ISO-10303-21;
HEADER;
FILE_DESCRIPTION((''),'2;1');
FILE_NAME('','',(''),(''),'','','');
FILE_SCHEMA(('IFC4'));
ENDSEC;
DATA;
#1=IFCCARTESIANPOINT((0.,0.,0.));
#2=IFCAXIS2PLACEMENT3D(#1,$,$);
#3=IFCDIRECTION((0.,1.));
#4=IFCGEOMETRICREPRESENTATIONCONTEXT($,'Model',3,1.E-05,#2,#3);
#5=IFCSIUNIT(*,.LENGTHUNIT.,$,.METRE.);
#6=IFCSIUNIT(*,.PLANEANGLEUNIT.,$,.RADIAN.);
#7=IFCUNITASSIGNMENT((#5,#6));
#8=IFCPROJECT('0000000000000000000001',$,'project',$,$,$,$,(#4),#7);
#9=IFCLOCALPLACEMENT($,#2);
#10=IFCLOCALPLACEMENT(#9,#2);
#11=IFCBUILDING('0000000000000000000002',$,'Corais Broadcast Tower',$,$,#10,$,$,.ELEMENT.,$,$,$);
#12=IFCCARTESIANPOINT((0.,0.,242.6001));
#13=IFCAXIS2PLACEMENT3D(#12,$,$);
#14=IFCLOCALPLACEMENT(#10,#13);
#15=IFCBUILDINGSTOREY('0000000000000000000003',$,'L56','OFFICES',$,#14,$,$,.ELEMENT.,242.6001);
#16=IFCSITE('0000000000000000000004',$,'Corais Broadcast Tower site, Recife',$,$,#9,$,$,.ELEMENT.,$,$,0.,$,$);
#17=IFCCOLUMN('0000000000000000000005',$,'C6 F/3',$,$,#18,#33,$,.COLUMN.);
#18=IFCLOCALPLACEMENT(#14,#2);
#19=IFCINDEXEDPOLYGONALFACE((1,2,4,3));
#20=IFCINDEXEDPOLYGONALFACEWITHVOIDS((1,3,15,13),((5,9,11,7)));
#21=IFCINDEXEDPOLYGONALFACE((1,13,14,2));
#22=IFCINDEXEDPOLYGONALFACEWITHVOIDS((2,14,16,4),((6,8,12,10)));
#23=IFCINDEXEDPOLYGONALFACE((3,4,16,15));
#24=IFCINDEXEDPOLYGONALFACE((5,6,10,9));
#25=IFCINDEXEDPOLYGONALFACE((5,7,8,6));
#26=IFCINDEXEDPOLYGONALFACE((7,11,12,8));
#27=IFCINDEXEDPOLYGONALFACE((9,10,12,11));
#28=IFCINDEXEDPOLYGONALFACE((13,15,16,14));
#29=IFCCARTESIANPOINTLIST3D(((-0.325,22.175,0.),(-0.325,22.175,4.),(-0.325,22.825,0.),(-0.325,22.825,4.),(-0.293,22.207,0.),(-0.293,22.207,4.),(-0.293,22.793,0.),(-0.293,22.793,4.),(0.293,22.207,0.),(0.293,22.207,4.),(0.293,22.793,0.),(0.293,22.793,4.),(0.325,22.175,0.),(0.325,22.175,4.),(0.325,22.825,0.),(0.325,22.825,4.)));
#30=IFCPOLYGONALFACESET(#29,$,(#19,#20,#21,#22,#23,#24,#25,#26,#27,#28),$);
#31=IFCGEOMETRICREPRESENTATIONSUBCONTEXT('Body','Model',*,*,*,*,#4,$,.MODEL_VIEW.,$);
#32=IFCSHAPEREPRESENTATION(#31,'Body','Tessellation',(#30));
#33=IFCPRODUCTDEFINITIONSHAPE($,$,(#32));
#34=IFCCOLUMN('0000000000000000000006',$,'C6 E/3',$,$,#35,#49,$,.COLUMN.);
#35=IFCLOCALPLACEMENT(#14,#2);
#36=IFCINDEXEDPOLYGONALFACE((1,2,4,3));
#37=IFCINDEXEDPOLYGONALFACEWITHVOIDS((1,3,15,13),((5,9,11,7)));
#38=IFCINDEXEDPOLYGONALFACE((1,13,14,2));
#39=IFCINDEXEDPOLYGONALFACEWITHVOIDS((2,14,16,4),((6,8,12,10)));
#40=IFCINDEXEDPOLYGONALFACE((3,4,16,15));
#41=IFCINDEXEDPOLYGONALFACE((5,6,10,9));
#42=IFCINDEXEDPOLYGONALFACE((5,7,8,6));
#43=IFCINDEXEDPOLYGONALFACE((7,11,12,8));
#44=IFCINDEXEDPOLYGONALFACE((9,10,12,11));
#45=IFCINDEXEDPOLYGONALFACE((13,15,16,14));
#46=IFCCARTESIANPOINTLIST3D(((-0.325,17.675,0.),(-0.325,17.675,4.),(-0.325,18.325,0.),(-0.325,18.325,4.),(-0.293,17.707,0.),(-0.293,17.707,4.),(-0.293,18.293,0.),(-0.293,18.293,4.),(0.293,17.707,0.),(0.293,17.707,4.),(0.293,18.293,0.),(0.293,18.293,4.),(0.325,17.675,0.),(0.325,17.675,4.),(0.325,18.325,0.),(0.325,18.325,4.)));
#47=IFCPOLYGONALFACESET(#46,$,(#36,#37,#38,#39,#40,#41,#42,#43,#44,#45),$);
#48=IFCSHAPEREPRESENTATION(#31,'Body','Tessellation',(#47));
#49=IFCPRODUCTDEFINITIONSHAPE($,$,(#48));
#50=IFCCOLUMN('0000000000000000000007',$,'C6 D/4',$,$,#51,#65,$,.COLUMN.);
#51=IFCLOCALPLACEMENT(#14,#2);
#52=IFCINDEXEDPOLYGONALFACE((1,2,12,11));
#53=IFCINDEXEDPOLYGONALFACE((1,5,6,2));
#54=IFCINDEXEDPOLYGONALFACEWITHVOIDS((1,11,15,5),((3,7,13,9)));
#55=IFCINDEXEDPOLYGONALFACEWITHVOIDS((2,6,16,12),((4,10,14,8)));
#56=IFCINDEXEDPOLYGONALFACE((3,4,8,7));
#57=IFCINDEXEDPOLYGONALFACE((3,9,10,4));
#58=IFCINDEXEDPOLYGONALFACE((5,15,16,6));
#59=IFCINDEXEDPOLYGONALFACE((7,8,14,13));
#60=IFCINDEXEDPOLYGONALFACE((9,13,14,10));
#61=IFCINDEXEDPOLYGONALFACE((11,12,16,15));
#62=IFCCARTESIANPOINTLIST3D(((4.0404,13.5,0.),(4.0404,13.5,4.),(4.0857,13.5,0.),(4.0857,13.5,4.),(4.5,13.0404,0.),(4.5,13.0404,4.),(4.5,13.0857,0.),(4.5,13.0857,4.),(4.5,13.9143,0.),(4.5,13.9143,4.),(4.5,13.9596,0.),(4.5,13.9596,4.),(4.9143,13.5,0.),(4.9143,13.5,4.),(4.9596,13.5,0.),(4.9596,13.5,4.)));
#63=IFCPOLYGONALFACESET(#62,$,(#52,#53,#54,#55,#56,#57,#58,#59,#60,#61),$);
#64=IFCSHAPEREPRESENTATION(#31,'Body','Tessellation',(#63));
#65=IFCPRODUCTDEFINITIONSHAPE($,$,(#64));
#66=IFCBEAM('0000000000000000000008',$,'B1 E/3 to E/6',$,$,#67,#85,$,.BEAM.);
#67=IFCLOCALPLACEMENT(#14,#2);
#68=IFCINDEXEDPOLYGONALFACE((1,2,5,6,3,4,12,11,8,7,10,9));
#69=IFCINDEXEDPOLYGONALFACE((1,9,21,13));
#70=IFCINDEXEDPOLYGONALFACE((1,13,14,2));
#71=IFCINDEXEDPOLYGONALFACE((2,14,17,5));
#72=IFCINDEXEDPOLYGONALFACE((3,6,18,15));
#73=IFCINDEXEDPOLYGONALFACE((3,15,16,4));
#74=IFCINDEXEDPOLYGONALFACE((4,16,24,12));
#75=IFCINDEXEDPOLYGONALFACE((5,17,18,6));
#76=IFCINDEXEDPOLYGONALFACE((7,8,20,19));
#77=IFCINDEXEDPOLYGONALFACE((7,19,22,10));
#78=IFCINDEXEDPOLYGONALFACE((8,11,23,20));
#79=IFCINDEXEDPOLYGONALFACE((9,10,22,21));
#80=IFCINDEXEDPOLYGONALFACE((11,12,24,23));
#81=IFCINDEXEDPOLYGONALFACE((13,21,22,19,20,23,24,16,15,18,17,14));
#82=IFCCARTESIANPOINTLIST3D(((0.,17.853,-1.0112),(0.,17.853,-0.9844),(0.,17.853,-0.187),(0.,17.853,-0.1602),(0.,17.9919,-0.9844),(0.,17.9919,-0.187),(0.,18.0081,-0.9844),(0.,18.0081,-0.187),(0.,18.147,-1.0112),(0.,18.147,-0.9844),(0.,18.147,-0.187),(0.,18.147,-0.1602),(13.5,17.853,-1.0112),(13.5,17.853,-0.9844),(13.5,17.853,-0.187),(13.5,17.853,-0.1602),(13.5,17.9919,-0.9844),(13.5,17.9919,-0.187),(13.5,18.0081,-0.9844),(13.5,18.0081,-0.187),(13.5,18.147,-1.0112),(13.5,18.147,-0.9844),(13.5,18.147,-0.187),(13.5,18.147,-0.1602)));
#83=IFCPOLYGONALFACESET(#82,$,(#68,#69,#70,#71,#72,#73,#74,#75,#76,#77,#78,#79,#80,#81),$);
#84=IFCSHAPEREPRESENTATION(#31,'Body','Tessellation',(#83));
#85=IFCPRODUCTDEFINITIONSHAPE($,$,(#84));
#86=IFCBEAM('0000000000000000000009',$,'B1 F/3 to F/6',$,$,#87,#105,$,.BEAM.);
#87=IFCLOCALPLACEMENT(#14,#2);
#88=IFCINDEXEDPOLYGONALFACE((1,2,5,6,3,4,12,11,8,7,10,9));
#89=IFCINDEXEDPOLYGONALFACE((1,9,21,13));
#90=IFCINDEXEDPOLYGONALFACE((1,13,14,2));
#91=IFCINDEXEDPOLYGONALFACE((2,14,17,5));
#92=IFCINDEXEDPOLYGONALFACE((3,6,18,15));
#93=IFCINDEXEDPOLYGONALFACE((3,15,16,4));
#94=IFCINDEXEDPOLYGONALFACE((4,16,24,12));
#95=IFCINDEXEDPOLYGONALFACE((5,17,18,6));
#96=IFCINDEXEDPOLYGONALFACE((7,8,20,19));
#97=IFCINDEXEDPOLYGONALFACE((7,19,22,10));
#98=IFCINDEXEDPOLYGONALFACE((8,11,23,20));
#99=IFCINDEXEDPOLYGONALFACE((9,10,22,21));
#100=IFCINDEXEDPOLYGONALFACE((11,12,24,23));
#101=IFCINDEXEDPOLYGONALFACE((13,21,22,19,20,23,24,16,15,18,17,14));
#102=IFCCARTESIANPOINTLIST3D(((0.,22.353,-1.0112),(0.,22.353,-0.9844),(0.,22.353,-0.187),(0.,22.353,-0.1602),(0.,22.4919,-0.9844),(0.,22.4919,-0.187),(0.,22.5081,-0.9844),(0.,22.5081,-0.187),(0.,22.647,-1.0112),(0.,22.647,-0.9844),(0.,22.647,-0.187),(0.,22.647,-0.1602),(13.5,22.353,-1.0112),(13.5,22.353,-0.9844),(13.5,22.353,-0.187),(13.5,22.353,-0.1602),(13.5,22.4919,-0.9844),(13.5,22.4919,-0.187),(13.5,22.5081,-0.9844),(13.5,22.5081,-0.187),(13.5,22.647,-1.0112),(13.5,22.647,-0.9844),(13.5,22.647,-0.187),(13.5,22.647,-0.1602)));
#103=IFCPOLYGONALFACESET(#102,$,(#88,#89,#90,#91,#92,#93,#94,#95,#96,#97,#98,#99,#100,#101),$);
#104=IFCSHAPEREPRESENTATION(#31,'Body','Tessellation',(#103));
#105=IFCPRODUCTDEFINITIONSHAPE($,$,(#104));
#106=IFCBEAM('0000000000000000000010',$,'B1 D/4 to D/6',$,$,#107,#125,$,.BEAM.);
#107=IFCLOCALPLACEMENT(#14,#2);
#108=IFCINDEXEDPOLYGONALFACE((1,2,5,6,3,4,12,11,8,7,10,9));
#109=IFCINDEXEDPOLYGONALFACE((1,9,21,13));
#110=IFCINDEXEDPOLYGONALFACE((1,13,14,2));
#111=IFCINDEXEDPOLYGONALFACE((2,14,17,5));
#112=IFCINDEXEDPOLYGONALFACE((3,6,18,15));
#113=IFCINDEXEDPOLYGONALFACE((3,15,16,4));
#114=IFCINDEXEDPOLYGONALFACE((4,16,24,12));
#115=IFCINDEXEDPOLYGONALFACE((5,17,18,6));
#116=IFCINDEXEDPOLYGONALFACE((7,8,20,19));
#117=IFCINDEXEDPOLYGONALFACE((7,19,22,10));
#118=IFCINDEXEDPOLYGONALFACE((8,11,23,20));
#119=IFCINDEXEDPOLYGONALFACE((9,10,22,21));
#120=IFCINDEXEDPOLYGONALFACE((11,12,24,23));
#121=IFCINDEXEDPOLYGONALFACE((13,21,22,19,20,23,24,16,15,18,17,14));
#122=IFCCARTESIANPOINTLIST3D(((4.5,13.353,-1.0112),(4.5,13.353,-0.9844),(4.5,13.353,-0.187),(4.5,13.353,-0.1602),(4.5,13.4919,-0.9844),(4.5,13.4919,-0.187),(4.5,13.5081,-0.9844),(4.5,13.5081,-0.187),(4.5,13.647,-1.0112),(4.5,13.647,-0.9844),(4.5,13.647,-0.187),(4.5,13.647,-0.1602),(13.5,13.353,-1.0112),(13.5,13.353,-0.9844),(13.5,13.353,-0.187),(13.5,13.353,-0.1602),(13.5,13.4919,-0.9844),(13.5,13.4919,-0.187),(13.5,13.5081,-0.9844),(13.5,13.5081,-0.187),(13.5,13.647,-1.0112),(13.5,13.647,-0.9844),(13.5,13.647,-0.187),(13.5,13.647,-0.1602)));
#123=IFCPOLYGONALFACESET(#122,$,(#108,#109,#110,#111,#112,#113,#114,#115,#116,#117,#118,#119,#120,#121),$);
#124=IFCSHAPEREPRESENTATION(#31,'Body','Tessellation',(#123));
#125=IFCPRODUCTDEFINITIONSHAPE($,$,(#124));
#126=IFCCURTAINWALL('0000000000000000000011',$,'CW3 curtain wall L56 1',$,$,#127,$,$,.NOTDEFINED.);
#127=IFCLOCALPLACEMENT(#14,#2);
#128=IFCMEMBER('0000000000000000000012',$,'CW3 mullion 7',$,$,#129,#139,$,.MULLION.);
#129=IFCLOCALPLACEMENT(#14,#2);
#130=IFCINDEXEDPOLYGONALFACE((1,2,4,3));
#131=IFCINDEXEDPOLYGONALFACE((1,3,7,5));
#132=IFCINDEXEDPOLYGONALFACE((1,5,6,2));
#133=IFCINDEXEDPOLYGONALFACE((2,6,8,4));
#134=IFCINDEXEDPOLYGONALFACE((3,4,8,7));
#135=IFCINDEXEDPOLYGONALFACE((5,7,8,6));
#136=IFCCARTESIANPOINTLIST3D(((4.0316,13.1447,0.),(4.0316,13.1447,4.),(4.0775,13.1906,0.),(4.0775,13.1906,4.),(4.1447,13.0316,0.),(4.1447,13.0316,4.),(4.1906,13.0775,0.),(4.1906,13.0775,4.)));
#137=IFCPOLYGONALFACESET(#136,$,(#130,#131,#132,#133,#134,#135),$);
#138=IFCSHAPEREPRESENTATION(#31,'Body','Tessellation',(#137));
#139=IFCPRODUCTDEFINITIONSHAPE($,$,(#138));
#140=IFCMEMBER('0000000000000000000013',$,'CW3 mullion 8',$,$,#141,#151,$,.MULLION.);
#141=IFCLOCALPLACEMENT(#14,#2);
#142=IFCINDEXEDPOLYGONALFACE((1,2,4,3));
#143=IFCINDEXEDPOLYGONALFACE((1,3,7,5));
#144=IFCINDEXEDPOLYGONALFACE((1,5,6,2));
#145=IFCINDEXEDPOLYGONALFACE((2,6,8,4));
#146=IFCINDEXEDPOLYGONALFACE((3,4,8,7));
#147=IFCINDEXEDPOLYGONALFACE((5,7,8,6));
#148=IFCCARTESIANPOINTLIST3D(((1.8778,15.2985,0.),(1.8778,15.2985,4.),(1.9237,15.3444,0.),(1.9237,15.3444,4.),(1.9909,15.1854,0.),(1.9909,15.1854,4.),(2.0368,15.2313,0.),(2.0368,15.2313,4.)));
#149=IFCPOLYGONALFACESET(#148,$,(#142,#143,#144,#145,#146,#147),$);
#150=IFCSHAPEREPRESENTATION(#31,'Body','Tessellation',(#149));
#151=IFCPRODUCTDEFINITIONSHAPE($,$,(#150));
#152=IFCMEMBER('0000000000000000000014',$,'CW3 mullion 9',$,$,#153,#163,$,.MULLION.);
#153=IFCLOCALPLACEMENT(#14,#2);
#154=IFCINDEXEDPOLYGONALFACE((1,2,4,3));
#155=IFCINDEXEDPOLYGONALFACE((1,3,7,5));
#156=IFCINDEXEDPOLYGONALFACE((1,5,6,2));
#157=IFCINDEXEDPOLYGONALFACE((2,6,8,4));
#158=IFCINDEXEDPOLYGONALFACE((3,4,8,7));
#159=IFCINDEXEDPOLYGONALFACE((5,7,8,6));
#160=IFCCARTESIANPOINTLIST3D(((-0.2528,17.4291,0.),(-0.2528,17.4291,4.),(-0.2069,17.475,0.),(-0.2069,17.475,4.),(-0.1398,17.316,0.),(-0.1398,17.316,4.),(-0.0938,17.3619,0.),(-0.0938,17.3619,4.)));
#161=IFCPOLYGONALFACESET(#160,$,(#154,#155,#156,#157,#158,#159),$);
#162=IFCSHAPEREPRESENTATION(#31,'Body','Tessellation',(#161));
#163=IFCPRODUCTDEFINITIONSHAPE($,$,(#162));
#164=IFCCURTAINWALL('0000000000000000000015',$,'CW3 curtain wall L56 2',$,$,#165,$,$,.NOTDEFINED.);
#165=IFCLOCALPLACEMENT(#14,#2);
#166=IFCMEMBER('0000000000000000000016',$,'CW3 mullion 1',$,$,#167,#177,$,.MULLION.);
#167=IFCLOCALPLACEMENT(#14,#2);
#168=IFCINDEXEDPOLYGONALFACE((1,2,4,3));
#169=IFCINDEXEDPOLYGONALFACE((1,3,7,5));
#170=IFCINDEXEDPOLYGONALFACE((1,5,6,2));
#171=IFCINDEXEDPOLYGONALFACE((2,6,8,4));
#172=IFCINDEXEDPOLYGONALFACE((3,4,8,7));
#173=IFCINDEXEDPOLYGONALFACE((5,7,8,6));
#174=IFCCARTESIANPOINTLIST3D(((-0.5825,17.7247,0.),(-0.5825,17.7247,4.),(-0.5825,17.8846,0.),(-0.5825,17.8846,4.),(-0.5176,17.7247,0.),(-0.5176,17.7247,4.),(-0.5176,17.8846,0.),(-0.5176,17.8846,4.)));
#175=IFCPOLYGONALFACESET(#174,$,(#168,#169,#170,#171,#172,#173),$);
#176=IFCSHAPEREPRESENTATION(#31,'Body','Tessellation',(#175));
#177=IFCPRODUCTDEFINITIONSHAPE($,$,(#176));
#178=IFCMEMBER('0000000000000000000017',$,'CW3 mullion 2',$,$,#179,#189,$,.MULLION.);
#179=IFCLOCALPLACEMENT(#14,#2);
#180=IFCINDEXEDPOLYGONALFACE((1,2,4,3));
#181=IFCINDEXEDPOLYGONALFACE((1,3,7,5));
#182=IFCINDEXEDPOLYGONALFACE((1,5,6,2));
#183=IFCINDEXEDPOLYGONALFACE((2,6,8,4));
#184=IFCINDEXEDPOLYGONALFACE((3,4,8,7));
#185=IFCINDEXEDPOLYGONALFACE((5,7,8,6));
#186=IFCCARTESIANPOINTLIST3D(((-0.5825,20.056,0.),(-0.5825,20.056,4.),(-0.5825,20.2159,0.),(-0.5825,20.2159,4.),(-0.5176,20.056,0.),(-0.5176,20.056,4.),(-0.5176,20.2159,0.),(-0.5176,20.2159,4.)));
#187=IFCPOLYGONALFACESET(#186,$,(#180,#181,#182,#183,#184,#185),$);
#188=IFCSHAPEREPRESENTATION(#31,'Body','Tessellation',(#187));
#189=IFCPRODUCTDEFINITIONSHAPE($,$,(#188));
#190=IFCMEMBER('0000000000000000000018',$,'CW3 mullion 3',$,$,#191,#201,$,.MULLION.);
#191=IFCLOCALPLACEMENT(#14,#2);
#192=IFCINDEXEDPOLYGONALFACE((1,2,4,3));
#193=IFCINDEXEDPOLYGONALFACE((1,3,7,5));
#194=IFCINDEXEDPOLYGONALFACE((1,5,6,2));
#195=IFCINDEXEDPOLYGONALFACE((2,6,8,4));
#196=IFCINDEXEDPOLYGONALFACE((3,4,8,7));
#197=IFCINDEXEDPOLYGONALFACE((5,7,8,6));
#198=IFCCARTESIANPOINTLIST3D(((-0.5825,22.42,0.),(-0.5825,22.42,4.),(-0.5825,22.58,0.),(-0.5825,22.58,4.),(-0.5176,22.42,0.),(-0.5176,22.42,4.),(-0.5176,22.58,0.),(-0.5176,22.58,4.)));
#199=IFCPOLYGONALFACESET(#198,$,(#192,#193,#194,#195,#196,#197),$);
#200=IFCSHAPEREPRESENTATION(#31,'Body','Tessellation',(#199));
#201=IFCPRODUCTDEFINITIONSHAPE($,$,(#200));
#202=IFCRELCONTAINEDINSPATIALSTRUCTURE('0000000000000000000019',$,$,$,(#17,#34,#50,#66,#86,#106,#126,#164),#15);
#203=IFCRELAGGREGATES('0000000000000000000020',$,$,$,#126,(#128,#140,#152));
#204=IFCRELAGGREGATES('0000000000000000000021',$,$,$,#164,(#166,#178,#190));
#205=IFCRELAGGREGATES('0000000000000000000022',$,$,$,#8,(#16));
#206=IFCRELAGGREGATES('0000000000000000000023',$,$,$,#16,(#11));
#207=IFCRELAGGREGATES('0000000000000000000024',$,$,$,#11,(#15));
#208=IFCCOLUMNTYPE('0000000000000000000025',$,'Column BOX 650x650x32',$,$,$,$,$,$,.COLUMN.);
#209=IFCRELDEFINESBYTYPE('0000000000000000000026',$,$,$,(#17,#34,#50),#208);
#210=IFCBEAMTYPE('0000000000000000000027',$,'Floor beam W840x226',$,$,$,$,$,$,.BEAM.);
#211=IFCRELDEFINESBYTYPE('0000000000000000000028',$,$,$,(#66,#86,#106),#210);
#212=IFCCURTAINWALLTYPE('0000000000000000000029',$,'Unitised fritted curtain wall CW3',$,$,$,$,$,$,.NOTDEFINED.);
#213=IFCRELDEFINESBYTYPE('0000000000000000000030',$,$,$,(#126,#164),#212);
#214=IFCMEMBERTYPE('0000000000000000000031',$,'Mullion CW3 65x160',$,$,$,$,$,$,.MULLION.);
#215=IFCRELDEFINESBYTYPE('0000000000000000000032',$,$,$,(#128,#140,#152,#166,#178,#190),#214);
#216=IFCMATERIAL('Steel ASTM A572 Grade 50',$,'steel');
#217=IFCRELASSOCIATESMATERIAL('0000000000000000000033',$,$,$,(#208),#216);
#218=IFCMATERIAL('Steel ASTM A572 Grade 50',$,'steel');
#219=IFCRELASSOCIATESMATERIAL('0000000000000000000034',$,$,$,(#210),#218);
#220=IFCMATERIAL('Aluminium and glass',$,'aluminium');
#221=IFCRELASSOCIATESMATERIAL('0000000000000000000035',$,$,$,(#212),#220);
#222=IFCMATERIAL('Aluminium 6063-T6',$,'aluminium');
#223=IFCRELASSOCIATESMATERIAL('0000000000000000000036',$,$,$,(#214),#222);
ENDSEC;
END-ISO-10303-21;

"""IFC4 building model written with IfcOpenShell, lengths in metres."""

from ifc_helpers import new_model, si_unit, direction, frame, origin, origin_2d, place, context, subcontext, project, spatial, rectangle, hollow_rectangle, i_section, extrude, material, material_profile, profile_set, type_object, element, aggregate, save


model = new_model("IFC4")

# Units and contexts
model_context = context("Model", 3, precision=1e-05, world=origin(), true_north=direction((0.0, 1.0)))
body_context = subcontext(model_context, "Body", "Model", "MODEL_VIEW")
ifc_project = project(units=[si_unit("LENGTHUNIT", "METRE"), si_unit("PLANEANGLEUNIT", "RADIAN")], contexts=[model_context])

# Site, building, storey
site_placement = place(None, origin())
site = spatial("IfcSite", under=ifc_project, at=site_placement, Name="Corais Broadcast Tower site, Recife", CompositionType="ELEMENT", RefElevation=0.0)
building_placement = place(site_placement, origin())
building = spatial("IfcBuilding", under=site, at=building_placement, Name="Corais Broadcast Tower", CompositionType="ELEMENT")
storey_placement = place(building_placement, frame((0.0, 0.0, 242.6001)))
storey = spatial("IfcBuildingStorey", under=building, at=storey_placement, Name="L56", Description="OFFICES", CompositionType="ELEMENT", Elevation=242.6001)

# Columns
ifc_material_1 = material(Name="Steel ASTM A572 Grade 50", Category="steel")
ifc_material_profile_1 = material_profile(ifc_material_1, hollow_rectangle(XDim=0.6499, YDim=0.6499, WallThickness=0.032, at=origin_2d()), Name="BOX 650x650x32")
ifc_profile_set_1 = profile_set([ifc_material_profile_1], Name="Steel ASTM A572 Grade 50")
column_type = type_object("IfcColumnType", Name="Column BOX 650x650x32", PredefinedType="COLUMN", material=ifc_profile_set_1)
for number, where, z_axis, x_axis, name in (
    (1, (0.0, 22.5, 0.0), (0.0, 0.0, 1.0), (1.0, 0.0, 0.0), "C6 F/3"),
    (2, (0.0, 18.0, 0.0), (0.0, 0.0, 1.0), (1.0, 0.0, 0.0), "C6 E/3"),
    (3, (4.5, 13.5, 0.0), (0.0, 0.0, 1.0), (0.707107, 0.707107, 0.0), "C6 D/4"),
):
    element("IfcColumn", number, at=place(storey_placement, frame(where, z_axis=z_axis, x_axis=x_axis)), inside=storey, type_object=column_type, Name=name, PredefinedType="COLUMN", context=body_context, shape_type="SweptSolid", body=[
        extrude(hollow_rectangle(XDim=0.6499, YDim=0.6499, WallThickness=0.032, at=origin_2d()), origin(), (0.0, 0.0, 1.0), 4.0),
    ])

# Beams
ifc_material_2 = material(Name="Steel ASTM A572 Grade 50", Category="steel")
ifc_material_profile_2 = material_profile(ifc_material_2, i_section(OverallWidth=0.2939, OverallDepth=0.8511, WebThickness=0.0161, FlangeThickness=0.0269, at=origin_2d()), Name="W840x226")
ifc_profile_set_2 = profile_set([ifc_material_profile_2], Name="Steel ASTM A572 Grade 50")
beam_type_1 = type_object("IfcBeamType", Name="Floor beam W840x226", PredefinedType="BEAM", material=ifc_profile_set_2)
for number, where, z_axis, x_axis, name in (
    (4, (0.0, 18.0, -0.5857), (1.0, 0.0, 0.0), (0.0, 1.0, 0.0), "B1 E/3 to E/6"),
    (5, (0.0, 22.5, -0.5857), (1.0, 0.0, 0.0), (0.0, 1.0, 0.0), "B1 F/3 to F/6"),
):
    element("IfcBeam", number, at=place(storey_placement, frame(where, z_axis=z_axis, x_axis=x_axis)), inside=storey, type_object=beam_type_1, Name=name, PredefinedType="BEAM", context=body_context, shape_type="SweptSolid", body=[
        extrude(i_section(OverallWidth=0.2939, OverallDepth=0.8511, WebThickness=0.0161, FlangeThickness=0.0269, at=origin_2d()), origin(), (0.0, 0.0, 1.0), 13.5),
    ])
beam_1_placement = place(storey_placement, frame((4.5, 13.5, -0.5857), z_axis=(1.0, 0.0, 0.0), x_axis=(0.0, 1.0, 0.0)))
element("IfcBeam", 6, at=beam_1_placement, inside=storey, type_object=beam_type_1, Name="B1 D/4 to D/6", PredefinedType="BEAM", context=body_context, shape_type="SweptSolid", body=[
    extrude(i_section(OverallWidth=0.2939, OverallDepth=0.8511, WebThickness=0.0161, FlangeThickness=0.0269, at=origin_2d()), origin(), (0.0, 0.0, 1.0), 9.0),
])

# Curtain walls, members
ifc_material_3 = material(Name="Aluminium and glass", Category="aluminium")
curtain_wall_type = type_object("IfcCurtainWallType", Name="Unitised fritted curtain wall CW3", PredefinedType="NOTDEFINED", material=ifc_material_3)
curtain_wall_1_placement = place(storey_placement, origin())
curtain_wall_1 = element("IfcCurtainWall", 7, at=curtain_wall_1_placement, inside=storey, type_object=curtain_wall_type, Name="CW3 curtain wall L56 1", PredefinedType="NOTDEFINED")
ifc_material_4 = material(Name="Aluminium 6063-T6", Category="aluminium")
ifc_material_profile_3 = material_profile(ifc_material_4, rectangle(XDim=0.0649, YDim=0.1599, at=origin_2d()), Name="Mullion CW3 65x160")
ifc_profile_set_3 = profile_set([ifc_material_profile_3], Name="Aluminium 6063-T6")
member_type_1 = type_object("IfcMemberType", Name="Mullion CW3 65x160", PredefinedType="MULLION", material=ifc_profile_set_3)
member_1_placement = place(storey_placement, frame((4.1111, 13.1111, 0.0), z_axis=(0.0, 0.0, 1.0), x_axis=(-0.707107, -0.707107, 0.0)))
member_1 = element("IfcMember", 8, at=member_1_placement, type_object=member_type_1, Name="CW3 mullion 7", PredefinedType="MULLION", context=body_context, shape_type="SweptSolid", body=[
    extrude(rectangle(XDim=0.0649, YDim=0.1599, at=origin_2d()), origin(), (0.0, 0.0, 1.0), 4.0),
])
member_2_placement = place(storey_placement, frame((1.9573, 15.2649, 0.0), z_axis=(0.0, 0.0, 1.0), x_axis=(-0.707107, -0.707107, 0.0)))
member_2 = element("IfcMember", 9, at=member_2_placement, type_object=member_type_1, Name="CW3 mullion 8", PredefinedType="MULLION", context=body_context, shape_type="SweptSolid", body=[
    extrude(rectangle(XDim=0.0649, YDim=0.1599, at=origin_2d()), origin(), (0.0, 0.0, 1.0), 4.0),
])
member_3_placement = place(storey_placement, frame((-0.1733, 17.3955, 0.0), z_axis=(0.0, 0.0, 1.0), x_axis=(-0.707107, -0.707107, 0.0)))
member_3 = element("IfcMember", 10, at=member_3_placement, type_object=member_type_1, Name="CW3 mullion 9", PredefinedType="MULLION", context=body_context, shape_type="SweptSolid", body=[
    extrude(rectangle(XDim=0.0649, YDim=0.1599, at=origin_2d()), origin(), (0.0, 0.0, 1.0), 4.0),
])
curtain_wall_2_placement = place(storey_placement, origin())
curtain_wall_2 = element("IfcCurtainWall", 11, at=curtain_wall_2_placement, inside=storey, type_object=curtain_wall_type, Name="CW3 curtain wall L56 2", PredefinedType="NOTDEFINED")
member_4_placement = place(storey_placement, frame((-0.55, 17.8047, 0.0), z_axis=(0.0, 0.0, 1.0), x_axis=(-1.0, 0.0, 0.0)))
member_4 = element("IfcMember", 12, at=member_4_placement, type_object=member_type_1, Name="CW3 mullion 1", PredefinedType="MULLION", context=body_context, shape_type="SweptSolid", body=[
    extrude(rectangle(XDim=0.0649, YDim=0.1599, at=origin_2d()), origin(), (0.0, 0.0, 1.0), 4.0),
])
member_5_placement = place(storey_placement, frame((-0.55, 20.136, 0.0), z_axis=(0.0, 0.0, 1.0), x_axis=(-1.0, 0.0, 0.0)))
member_5 = element("IfcMember", 13, at=member_5_placement, type_object=member_type_1, Name="CW3 mullion 2", PredefinedType="MULLION", context=body_context, shape_type="SweptSolid", body=[
    extrude(rectangle(XDim=0.0649, YDim=0.1599, at=origin_2d()), origin(), (0.0, 0.0, 1.0), 4.0),
])
member_6_placement = place(storey_placement, frame((-0.55, 22.5, 0.0), z_axis=(0.0, 0.0, 1.0), x_axis=(-1.0, 0.0, 0.0)))
member_6 = element("IfcMember", 14, at=member_6_placement, type_object=member_type_1, Name="CW3 mullion 3", PredefinedType="MULLION", context=body_context, shape_type="SweptSolid", body=[
    extrude(rectangle(XDim=0.0649, YDim=0.1599, at=origin_2d()), origin(), (0.0, 0.0, 1.0), 4.0),
])

aggregate(curtain_wall_1, [member_1, member_2, member_3])
aggregate(curtain_wall_2, [member_4, member_5, member_6])

save(model, "model.ifc")
